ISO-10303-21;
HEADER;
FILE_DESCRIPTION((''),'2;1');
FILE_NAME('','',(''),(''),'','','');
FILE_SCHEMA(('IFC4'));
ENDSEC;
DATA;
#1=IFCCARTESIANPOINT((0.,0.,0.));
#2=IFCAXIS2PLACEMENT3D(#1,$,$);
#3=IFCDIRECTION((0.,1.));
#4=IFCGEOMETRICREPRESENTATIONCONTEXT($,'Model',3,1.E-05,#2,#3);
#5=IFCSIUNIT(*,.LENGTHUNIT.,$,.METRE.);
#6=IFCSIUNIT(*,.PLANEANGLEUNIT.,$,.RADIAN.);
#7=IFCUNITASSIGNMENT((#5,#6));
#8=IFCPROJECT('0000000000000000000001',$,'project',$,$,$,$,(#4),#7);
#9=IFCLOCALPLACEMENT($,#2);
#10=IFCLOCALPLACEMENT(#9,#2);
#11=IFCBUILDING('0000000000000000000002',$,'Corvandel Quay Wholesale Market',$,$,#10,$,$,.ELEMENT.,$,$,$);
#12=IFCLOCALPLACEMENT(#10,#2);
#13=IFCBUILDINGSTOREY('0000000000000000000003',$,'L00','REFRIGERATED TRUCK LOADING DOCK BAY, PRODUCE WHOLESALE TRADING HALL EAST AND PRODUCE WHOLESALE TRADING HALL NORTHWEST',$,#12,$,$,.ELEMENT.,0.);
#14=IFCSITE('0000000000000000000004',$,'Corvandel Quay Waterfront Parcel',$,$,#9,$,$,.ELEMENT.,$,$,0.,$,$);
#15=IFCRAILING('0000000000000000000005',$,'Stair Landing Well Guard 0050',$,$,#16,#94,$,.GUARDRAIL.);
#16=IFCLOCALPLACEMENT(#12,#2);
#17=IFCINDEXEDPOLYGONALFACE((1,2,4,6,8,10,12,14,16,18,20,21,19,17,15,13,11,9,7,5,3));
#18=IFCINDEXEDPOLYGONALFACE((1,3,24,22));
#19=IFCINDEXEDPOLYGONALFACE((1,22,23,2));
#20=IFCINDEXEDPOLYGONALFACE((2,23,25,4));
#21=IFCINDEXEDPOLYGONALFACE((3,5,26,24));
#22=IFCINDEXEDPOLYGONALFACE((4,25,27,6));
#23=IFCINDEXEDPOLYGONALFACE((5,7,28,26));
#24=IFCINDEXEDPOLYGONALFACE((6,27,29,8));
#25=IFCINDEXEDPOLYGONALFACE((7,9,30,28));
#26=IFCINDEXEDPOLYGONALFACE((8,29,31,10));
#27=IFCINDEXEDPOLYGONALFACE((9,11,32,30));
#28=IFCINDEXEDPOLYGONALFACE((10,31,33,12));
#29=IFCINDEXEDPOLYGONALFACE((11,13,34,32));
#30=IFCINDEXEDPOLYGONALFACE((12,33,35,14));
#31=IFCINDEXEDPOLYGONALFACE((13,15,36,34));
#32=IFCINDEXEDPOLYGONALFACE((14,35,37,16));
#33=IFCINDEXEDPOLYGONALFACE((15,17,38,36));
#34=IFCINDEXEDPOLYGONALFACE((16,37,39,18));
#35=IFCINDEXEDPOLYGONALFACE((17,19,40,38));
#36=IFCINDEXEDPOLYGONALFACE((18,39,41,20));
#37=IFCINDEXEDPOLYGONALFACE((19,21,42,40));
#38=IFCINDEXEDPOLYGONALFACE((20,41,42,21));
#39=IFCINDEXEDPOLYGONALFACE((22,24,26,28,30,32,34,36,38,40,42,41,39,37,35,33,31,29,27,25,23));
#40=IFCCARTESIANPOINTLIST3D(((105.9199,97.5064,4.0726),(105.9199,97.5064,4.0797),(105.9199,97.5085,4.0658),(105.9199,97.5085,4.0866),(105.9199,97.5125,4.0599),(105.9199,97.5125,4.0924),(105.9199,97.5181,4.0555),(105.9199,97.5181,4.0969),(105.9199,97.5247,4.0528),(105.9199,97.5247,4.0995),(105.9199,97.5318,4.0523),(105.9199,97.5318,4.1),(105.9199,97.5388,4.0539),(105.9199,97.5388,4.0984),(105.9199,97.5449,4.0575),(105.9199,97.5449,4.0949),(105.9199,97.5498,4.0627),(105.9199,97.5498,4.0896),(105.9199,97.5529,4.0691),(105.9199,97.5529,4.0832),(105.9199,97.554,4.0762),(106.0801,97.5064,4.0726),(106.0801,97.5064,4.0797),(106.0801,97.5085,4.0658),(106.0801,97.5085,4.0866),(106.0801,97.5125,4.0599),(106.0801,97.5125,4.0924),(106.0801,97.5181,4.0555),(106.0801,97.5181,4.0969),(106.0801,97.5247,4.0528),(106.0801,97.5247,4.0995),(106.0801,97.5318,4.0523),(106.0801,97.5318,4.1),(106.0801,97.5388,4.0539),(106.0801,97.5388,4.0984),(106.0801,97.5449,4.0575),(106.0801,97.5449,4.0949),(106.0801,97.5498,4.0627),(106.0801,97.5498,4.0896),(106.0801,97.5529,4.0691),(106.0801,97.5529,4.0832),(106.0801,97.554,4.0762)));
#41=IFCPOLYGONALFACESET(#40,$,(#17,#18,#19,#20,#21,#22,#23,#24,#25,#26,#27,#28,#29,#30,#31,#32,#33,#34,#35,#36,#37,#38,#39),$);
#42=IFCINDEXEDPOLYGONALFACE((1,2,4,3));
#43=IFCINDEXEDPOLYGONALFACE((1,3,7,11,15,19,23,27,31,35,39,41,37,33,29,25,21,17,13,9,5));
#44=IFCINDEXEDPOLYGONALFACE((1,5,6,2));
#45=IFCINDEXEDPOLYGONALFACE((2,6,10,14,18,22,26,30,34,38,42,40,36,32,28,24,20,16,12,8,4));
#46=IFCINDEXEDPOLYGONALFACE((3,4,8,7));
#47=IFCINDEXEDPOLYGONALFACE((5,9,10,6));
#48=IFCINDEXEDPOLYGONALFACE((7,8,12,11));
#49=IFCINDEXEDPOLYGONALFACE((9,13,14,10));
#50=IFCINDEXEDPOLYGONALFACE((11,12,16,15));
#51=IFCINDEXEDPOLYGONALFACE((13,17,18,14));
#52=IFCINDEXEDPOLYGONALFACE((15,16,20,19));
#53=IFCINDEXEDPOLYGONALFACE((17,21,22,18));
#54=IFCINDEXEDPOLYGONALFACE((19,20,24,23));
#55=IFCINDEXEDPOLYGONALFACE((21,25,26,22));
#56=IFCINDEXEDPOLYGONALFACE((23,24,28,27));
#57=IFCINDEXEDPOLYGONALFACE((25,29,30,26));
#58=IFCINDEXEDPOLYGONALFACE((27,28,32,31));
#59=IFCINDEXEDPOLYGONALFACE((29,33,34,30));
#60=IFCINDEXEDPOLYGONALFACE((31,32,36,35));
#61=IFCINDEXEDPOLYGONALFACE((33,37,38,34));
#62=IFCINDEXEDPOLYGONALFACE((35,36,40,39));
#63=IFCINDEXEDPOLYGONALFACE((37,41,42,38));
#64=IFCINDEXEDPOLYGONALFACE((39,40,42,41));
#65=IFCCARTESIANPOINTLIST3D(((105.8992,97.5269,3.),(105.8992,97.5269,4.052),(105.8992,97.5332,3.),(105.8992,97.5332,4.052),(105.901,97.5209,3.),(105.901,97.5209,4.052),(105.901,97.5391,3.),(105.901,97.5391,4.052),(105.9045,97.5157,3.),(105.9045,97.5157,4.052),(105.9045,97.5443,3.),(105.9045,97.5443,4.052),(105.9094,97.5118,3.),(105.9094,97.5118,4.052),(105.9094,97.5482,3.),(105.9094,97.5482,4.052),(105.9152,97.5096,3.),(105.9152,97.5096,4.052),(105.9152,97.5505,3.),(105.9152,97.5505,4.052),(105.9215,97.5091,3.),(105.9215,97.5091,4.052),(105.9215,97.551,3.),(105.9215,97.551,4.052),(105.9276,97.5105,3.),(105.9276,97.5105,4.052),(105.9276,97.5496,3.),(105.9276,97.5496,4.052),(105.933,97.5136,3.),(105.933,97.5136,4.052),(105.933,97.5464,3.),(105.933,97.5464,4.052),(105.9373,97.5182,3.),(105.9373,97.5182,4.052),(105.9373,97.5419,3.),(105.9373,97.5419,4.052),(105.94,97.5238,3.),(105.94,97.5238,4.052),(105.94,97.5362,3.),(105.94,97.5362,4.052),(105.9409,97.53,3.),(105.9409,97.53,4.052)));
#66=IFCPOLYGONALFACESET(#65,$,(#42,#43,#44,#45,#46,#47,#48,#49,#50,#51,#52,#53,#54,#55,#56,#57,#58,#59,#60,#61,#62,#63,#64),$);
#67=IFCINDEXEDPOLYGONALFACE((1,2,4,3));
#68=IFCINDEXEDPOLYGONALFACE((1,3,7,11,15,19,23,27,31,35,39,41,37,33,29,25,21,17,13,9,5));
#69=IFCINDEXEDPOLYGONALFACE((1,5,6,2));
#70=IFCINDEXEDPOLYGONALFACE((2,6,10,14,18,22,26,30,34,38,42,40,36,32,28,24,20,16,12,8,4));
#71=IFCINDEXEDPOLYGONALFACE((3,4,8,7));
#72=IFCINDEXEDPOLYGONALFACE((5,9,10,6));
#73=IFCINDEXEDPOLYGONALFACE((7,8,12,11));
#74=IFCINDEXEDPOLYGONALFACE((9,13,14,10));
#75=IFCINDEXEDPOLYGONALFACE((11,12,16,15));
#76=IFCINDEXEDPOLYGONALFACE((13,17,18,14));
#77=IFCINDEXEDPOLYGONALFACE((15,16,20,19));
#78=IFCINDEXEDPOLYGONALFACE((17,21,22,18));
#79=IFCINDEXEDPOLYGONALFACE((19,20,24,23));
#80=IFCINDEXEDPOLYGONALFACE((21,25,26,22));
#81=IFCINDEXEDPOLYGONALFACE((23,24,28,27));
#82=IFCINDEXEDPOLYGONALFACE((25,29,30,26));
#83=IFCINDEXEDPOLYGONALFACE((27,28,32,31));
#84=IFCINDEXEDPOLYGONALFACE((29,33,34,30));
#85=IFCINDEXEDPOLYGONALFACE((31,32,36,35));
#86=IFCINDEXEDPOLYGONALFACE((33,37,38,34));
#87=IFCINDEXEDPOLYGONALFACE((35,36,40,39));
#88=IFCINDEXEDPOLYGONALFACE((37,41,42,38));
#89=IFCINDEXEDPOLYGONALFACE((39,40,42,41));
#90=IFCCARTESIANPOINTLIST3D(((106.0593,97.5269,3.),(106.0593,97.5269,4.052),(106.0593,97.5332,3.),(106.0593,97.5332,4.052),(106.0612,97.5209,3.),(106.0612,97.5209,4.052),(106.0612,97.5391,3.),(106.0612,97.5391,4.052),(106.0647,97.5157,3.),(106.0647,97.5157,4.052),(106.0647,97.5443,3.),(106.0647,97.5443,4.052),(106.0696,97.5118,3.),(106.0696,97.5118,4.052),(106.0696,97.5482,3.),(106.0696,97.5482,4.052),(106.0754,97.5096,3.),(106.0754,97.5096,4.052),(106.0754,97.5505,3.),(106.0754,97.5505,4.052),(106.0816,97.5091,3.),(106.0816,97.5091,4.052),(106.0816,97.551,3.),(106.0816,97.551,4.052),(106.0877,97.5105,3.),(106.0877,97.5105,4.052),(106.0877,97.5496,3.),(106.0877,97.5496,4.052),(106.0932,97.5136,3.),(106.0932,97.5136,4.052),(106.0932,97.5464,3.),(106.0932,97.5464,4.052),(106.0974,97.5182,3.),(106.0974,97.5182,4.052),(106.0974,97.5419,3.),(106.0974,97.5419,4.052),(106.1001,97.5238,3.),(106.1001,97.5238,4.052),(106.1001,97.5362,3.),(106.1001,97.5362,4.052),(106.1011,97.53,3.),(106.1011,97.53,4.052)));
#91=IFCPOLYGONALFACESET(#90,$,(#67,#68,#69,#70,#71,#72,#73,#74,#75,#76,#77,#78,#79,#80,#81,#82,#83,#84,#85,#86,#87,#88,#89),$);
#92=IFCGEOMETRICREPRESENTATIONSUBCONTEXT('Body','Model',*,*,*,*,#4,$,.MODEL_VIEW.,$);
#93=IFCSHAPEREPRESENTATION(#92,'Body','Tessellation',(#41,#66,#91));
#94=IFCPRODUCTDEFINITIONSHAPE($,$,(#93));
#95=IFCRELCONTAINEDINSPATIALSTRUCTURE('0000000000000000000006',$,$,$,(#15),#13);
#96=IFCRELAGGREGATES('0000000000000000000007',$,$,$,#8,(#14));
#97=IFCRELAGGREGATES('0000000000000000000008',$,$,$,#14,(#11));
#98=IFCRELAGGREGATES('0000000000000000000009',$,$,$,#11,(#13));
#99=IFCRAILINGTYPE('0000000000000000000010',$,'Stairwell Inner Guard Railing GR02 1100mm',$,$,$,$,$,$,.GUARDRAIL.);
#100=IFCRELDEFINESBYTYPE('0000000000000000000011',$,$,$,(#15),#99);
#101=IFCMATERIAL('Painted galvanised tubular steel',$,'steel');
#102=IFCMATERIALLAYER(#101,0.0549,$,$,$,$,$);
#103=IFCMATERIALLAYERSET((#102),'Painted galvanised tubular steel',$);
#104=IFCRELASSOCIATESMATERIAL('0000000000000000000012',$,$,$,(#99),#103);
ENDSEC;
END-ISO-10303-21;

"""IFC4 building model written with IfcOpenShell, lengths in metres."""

from ifc_helpers import new_model, si_unit, direction, frame, origin, origin_2d, place, context, subcontext, project, spatial, circle, extrude, material, layer, layer_set, type_object, element, save


model = new_model("IFC4")

# Units and contexts
model_context = context("Model", 3, precision=1e-05, world=origin(), true_north=direction((0.0, 1.0)))
body_context = subcontext(model_context, "Body", "Model", "MODEL_VIEW")
ifc_project = project(units=[si_unit("LENGTHUNIT", "METRE"), si_unit("PLANEANGLEUNIT", "RADIAN")], contexts=[model_context])

# Site, building, storey
site_placement = place(None, origin())
site = spatial("IfcSite", under=ifc_project, at=site_placement, Name="Corvandel Quay Waterfront Parcel", CompositionType="ELEMENT", RefElevation=0.0)
building_placement = place(site_placement, origin())
building = spatial("IfcBuilding", under=site, at=building_placement, Name="Corvandel Quay Wholesale Market", CompositionType="ELEMENT")
storey_placement = place(building_placement, origin())
storey = spatial("IfcBuildingStorey", under=building, at=storey_placement, Name="L00", Description="REFRIGERATED TRUCK LOADING DOCK BAY, PRODUCE WHOLESALE TRADING HALL EAST AND PRODUCE WHOLESALE TRADING HALL NORTHWEST", CompositionType="ELEMENT", Elevation=0.0)

# Railing
ifc_material_1 = material(Name="Painted galvanised tubular steel", Category="steel")
ifc_layer_1 = layer(ifc_material_1, 0.0549)
ifc_layer_set_1 = layer_set([ifc_layer_1], Name="Painted galvanised tubular steel")
railing_type_1 = type_object("IfcRailingType", Name="Stairwell Inner Guard Railing GR02 1100mm", PredefinedType="GUARDRAIL", material=ifc_layer_set_1)
railing_placement = place(storey_placement, frame((105.9199, 97.53, 3.0)))
element("IfcRailing", 1, at=railing_placement, inside=storey, type_object=railing_type_1, Name="Stair Landing Well Guard 0050", PredefinedType="GUARDRAIL", context=body_context, shape_type="SweptSolid", body=[
    extrude(circle(Radius=0.0239, at=origin_2d()), frame((0.0, 0.0, 1.0762), z_axis=(1.0, 0.0, 0.0), x_axis=(0.0, 1.0, 0.0)), (0.0, 0.0, 1.0), 0.1602),
    extrude(circle(Radius=0.021, at=origin_2d()), origin(), (0.0, 0.0, 1.0), 1.052),
    extrude(circle(Radius=0.021, at=origin_2d()), frame((0.1602, 0.0, 0.0)), (0.0, 0.0, 1.0), 1.052),
])

save(model, "model.ifc")
